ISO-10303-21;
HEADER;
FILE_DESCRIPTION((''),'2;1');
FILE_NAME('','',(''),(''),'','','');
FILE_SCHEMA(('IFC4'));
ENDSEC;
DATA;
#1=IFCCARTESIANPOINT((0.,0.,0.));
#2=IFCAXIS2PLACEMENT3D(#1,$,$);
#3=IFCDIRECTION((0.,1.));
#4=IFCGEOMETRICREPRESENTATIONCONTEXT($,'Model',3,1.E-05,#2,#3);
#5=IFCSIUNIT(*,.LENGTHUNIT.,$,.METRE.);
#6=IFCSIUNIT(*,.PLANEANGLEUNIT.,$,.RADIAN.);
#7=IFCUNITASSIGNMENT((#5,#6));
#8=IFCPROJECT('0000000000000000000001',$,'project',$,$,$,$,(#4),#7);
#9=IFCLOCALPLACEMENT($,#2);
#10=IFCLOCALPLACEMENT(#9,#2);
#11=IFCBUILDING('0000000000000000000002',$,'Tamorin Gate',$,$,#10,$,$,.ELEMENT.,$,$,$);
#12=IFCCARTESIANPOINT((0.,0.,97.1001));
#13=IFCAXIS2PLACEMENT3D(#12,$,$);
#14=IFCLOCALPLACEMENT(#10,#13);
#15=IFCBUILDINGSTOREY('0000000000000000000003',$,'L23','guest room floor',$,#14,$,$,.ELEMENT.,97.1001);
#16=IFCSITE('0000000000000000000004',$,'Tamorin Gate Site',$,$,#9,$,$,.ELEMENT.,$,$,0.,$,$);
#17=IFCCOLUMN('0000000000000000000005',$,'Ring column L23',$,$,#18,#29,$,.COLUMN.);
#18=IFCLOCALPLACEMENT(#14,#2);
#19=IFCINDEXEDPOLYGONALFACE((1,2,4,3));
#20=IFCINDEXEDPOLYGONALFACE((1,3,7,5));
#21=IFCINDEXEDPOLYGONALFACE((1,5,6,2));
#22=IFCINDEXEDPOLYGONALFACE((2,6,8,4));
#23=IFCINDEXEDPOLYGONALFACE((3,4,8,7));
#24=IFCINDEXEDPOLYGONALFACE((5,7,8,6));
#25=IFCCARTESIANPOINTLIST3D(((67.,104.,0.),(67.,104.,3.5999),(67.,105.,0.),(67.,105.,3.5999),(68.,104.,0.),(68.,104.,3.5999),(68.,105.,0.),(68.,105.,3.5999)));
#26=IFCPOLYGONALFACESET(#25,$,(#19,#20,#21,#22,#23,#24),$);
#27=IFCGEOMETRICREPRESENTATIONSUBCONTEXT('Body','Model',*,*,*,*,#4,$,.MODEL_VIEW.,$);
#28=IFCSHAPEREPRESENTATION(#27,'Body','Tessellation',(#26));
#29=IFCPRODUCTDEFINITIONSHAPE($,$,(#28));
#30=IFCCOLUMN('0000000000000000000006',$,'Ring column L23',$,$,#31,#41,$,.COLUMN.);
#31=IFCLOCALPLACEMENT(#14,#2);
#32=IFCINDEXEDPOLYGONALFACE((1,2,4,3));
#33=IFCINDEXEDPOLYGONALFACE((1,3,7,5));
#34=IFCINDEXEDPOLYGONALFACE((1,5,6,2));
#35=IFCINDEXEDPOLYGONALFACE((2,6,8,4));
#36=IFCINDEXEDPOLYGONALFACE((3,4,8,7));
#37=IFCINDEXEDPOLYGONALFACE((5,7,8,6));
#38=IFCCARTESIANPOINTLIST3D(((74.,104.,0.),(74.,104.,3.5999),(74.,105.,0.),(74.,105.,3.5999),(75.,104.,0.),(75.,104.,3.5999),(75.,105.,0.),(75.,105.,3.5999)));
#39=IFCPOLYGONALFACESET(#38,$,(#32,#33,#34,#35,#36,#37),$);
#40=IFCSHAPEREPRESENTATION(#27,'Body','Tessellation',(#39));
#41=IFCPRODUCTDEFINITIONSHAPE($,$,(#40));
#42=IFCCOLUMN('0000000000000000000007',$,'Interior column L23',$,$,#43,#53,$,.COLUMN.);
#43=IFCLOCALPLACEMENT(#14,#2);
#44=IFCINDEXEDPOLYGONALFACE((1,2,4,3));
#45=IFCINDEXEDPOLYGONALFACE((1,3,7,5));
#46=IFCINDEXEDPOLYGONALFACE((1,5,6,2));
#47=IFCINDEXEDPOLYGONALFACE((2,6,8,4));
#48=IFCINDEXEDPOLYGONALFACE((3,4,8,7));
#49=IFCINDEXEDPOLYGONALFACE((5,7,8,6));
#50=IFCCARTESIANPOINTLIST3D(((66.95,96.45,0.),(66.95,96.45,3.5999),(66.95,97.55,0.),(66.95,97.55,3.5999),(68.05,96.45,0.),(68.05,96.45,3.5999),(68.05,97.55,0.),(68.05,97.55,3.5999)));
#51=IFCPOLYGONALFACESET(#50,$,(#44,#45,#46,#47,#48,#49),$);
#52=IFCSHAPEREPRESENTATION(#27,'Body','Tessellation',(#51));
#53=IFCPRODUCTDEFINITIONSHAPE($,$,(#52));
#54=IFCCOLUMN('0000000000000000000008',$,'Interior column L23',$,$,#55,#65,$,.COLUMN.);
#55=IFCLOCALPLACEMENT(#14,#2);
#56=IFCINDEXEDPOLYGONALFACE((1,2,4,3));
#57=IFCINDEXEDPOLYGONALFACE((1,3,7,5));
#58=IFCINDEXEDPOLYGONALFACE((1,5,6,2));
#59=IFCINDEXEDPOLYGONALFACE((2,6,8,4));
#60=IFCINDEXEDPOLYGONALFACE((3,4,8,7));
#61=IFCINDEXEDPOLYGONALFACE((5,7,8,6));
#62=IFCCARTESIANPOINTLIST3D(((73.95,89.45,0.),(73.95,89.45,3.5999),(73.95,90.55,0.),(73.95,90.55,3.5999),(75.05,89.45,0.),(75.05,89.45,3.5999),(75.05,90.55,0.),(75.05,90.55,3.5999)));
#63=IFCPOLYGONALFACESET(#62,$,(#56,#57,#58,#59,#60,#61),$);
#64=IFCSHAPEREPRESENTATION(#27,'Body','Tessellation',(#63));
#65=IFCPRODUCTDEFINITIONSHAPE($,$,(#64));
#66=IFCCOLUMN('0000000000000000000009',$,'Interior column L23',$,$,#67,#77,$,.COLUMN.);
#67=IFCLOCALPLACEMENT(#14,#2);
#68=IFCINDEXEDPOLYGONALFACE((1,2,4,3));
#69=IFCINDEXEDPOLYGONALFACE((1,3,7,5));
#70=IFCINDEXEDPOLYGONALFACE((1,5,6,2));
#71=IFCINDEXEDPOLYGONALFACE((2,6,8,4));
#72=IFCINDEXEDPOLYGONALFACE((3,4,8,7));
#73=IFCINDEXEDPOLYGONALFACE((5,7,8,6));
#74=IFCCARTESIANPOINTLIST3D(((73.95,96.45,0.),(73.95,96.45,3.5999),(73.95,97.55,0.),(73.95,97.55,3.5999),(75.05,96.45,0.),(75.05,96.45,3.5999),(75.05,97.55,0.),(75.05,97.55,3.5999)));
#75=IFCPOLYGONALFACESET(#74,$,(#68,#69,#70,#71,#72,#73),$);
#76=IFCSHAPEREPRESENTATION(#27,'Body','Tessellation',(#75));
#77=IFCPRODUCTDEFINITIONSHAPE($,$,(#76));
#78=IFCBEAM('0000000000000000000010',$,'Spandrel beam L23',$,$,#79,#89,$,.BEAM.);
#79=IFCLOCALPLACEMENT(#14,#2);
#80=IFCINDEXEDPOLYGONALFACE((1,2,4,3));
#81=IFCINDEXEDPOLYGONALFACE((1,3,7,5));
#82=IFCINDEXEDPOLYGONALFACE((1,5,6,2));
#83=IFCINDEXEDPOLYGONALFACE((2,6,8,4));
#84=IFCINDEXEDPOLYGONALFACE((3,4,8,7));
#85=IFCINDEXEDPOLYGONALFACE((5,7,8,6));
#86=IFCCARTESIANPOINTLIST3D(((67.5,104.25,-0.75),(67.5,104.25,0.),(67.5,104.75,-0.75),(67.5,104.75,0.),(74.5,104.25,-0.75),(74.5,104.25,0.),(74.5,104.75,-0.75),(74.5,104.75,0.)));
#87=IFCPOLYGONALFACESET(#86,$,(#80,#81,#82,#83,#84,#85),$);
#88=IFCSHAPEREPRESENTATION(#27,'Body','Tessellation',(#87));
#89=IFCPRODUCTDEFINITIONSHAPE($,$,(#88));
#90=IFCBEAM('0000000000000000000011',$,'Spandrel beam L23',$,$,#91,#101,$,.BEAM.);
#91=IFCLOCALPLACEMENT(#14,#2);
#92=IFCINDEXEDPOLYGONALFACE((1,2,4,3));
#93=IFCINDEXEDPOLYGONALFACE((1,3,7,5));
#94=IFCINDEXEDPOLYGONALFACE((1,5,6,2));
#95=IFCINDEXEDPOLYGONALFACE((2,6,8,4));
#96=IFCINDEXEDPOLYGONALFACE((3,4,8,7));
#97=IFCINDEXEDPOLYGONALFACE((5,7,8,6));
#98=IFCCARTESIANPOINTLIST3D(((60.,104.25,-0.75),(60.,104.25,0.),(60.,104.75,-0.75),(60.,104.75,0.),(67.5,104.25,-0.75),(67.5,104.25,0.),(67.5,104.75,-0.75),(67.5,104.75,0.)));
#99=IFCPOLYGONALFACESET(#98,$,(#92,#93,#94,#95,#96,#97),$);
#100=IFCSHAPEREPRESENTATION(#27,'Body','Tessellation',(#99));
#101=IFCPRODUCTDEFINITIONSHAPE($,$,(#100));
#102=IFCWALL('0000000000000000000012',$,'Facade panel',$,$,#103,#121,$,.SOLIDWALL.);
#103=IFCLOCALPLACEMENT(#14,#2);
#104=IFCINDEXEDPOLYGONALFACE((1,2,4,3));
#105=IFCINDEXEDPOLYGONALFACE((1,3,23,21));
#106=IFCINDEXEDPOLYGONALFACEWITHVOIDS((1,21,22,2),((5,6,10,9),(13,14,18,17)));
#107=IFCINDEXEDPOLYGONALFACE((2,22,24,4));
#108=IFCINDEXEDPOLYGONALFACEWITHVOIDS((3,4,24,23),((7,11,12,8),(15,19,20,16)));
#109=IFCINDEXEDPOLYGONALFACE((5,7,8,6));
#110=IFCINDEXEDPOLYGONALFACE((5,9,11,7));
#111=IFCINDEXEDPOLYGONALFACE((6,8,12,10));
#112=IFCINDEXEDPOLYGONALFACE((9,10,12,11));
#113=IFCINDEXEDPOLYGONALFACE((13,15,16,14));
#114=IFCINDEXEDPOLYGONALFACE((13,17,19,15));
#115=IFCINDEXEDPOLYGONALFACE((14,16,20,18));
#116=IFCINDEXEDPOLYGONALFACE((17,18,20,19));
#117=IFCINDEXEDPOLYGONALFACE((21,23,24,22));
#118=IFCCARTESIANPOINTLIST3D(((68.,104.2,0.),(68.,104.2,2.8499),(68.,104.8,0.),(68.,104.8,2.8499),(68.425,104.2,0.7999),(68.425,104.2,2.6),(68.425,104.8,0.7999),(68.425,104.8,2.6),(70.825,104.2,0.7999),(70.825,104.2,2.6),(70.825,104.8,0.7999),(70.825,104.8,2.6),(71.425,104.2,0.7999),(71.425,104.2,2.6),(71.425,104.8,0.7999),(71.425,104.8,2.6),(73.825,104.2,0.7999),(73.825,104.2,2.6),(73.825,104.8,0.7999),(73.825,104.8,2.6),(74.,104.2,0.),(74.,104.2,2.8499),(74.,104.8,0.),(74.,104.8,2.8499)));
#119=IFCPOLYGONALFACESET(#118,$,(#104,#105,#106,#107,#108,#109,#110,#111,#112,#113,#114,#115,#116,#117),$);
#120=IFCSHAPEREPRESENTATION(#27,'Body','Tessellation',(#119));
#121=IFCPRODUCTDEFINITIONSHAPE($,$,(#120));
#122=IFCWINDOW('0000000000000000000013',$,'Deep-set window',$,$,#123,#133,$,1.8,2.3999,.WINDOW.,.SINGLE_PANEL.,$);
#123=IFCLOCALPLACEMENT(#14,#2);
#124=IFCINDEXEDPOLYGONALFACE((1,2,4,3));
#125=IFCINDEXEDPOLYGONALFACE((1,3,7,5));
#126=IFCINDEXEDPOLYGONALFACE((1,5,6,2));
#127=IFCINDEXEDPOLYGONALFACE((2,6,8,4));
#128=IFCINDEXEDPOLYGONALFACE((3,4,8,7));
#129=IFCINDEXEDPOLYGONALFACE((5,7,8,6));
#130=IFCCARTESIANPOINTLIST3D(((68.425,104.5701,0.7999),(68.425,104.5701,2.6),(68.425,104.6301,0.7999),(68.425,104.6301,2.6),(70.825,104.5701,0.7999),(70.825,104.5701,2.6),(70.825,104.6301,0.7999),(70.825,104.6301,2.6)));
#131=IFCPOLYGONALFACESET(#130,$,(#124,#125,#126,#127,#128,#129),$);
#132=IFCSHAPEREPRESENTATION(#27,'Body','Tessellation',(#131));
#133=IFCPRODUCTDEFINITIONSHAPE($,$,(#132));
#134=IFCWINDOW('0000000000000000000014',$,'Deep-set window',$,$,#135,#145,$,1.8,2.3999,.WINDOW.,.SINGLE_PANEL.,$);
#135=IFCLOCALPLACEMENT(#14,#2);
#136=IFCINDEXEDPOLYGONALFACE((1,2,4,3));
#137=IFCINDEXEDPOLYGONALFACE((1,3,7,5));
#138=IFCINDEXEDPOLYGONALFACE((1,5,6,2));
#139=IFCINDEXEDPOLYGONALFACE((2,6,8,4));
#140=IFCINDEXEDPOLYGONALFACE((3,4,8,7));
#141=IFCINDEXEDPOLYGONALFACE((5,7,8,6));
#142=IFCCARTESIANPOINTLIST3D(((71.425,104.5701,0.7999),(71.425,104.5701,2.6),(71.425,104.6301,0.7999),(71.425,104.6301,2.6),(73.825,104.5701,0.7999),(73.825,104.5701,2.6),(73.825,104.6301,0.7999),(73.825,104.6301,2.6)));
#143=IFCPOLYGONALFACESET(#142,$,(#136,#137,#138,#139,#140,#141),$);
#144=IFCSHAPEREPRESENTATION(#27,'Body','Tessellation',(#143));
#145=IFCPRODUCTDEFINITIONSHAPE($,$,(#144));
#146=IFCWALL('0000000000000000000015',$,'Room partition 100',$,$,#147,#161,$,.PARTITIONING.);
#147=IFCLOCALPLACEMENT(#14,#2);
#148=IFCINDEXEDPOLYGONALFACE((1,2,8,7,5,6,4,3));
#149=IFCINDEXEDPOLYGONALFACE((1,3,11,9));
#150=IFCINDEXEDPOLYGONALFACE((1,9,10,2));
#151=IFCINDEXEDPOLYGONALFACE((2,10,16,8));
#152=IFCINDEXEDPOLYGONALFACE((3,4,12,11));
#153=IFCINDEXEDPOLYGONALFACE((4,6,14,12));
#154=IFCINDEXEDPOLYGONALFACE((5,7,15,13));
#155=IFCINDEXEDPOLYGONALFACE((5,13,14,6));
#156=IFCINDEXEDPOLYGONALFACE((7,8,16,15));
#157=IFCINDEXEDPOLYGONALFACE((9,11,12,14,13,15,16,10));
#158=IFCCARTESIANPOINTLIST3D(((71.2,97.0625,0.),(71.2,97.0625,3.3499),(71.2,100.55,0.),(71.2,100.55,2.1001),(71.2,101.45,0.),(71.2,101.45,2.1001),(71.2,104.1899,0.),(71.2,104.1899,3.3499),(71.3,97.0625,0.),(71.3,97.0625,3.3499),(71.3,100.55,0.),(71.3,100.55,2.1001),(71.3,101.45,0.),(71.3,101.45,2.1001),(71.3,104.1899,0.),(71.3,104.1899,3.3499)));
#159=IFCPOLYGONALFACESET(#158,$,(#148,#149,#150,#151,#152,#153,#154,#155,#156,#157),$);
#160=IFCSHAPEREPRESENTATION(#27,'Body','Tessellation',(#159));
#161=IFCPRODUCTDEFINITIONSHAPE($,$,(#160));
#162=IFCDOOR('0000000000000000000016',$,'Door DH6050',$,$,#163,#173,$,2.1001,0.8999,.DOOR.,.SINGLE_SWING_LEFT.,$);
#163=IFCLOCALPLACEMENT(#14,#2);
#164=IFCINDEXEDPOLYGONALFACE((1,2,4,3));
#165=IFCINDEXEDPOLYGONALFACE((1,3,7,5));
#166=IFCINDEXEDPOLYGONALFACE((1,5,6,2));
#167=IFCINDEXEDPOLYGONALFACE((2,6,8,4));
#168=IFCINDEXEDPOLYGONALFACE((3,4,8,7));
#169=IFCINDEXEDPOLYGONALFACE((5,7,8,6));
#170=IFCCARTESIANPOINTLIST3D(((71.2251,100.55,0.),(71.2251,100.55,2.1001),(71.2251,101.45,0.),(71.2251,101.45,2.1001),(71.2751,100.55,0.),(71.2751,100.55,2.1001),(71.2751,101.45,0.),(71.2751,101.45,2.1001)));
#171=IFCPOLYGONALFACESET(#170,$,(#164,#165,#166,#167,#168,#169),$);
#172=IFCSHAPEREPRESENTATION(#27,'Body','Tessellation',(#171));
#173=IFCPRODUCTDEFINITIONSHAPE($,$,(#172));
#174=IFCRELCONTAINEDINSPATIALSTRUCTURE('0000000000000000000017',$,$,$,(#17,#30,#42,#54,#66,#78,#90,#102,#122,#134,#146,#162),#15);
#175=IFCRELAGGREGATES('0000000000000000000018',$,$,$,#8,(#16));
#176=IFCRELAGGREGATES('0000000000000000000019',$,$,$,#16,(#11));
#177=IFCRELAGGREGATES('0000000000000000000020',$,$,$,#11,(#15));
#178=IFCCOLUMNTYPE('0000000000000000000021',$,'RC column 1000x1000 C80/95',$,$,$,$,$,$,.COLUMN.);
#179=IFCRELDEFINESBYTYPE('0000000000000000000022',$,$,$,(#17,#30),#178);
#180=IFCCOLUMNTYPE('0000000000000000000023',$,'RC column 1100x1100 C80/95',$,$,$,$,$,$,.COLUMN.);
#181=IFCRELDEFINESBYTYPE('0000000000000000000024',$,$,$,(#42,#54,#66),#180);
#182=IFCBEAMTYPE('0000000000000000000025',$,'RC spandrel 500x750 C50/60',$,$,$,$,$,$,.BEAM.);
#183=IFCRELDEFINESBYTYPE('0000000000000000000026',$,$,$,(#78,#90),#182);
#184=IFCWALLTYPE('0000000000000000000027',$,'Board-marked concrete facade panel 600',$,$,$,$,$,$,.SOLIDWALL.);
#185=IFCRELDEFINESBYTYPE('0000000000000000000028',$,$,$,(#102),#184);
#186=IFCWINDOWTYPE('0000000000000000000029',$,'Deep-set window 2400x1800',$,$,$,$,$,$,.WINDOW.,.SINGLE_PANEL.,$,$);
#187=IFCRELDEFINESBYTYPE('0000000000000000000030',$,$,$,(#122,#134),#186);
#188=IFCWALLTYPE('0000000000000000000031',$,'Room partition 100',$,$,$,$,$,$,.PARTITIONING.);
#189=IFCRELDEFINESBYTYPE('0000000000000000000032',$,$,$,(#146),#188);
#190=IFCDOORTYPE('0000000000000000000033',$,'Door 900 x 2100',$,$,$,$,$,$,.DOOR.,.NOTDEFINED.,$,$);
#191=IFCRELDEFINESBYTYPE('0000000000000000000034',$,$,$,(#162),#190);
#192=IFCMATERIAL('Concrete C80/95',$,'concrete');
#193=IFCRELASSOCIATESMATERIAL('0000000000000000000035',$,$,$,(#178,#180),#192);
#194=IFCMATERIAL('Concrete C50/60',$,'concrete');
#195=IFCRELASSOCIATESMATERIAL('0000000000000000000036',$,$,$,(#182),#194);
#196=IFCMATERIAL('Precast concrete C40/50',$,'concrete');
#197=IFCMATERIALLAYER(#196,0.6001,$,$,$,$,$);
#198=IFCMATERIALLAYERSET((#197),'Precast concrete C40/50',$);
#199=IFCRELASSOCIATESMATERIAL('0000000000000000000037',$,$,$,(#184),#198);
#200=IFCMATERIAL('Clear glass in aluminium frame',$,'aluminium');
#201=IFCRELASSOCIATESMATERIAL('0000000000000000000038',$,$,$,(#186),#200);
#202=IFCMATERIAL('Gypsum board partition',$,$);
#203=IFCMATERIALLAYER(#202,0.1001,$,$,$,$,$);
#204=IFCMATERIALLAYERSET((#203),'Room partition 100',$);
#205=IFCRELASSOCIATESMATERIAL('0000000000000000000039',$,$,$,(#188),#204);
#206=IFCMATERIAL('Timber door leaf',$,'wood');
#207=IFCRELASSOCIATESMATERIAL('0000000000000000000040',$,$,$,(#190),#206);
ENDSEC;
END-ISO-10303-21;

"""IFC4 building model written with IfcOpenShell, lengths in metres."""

from ifc_helpers import new_model, si_unit, direction, frame, frame_2d, origin, origin_2d, place, context, subcontext, project, spatial, rectangle, extrude, material, layer, layer_set, material_profile, profile_set, type_object, element, fill, save


model = new_model("IFC4")

# Units and contexts
model_context = context("Model", 3, precision=1e-05, world=origin(), true_north=direction((0.0, 1.0)))
body_context = subcontext(model_context, "Body", "Model", "MODEL_VIEW")
ifc_project = project(units=[si_unit("LENGTHUNIT", "METRE"), si_unit("PLANEANGLEUNIT", "RADIAN")], contexts=[model_context])

# Site, building, storey
site_placement = place(None, origin())
site = spatial("IfcSite", under=ifc_project, at=site_placement, Name="Tamorin Gate Site", CompositionType="ELEMENT", RefElevation=0.0)
building_placement = place(site_placement, origin())
building = spatial("IfcBuilding", under=site, at=building_placement, Name="Tamorin Gate", CompositionType="ELEMENT")
storey_placement = place(building_placement, frame((0.0, 0.0, 97.1001)))
storey = spatial("IfcBuildingStorey", under=building, at=storey_placement, Name="L23", Description="guest room floor", CompositionType="ELEMENT", Elevation=97.1001)

# Columns
ifc_material_1 = material(Name="Concrete C80/95", Category="concrete")
ifc_material_profile_1 = material_profile(ifc_material_1, rectangle(XDim=1.0, YDim=1.0, at=origin_2d()), Name="RC 1000x1000")
ifc_profile_set_1 = profile_set([ifc_material_profile_1], Name="Concrete C80/95")
column_type_1 = type_object("IfcColumnType", Name="RC column 1000x1000 C80/95", PredefinedType="COLUMN", material=ifc_profile_set_1)
for number, where, z_axis, x_axis, name in (
    (1, (67.5, 104.5, 0.0), (0.0, 0.0, 1.0), (1.0, 0.0, 0.0), "Ring column L23"),
    (2, (74.5, 104.5, 0.0), (0.0, 0.0, 1.0), (1.0, 0.0, 0.0), "Ring column L23"),
):
    element("IfcColumn", number, at=place(storey_placement, frame(where, z_axis=z_axis, x_axis=x_axis)), inside=storey, type_object=column_type_1, Name=name, PredefinedType="COLUMN", context=body_context, shape_type="SweptSolid", body=[
        extrude(rectangle(XDim=1.0, YDim=1.0, at=origin_2d()), origin(), (0.0, 0.0, 1.0), 3.5999),
    ])
ifc_material_profile_2 = material_profile(ifc_material_1, rectangle(XDim=1.1001, YDim=1.1001, at=origin_2d()), Name="RC 1100x1100")
ifc_profile_set_2 = profile_set([ifc_material_profile_2], Name="Concrete C80/95")
column_type_2 = type_object("IfcColumnType", Name="RC column 1100x1100 C80/95", PredefinedType="COLUMN", material=ifc_profile_set_2)
for number, where, z_axis, x_axis, name in (
    (3, (67.5, 97.0, 0.0), (0.0, 0.0, 1.0), (1.0, 0.0, 0.0), "Interior column L23"),
    (4, (74.5, 90.0, 0.0), (0.0, 0.0, 1.0), (1.0, 0.0, 0.0), "Interior column L23"),
    (5, (74.5, 97.0, 0.0), (0.0, 0.0, 1.0), (1.0, 0.0, 0.0), "Interior column L23"),
):
    element("IfcColumn", number, at=place(storey_placement, frame(where, z_axis=z_axis, x_axis=x_axis)), inside=storey, type_object=column_type_2, Name=name, PredefinedType="COLUMN", context=body_context, shape_type="SweptSolid", body=[
        extrude(rectangle(XDim=1.1001, YDim=1.1001, at=origin_2d()), origin(), (0.0, 0.0, 1.0), 3.5999),
    ])

# Beams
ifc_material_2 = material(Name="Concrete C50/60", Category="concrete")
ifc_material_profile_3 = material_profile(ifc_material_2, rectangle(XDim=0.5, YDim=0.75, at=origin_2d()), Name="RC 500x750")
ifc_profile_set_3 = profile_set([ifc_material_profile_3], Name="Concrete C50/60")
beam_type = type_object("IfcBeamType", Name="RC spandrel 500x750 C50/60", PredefinedType="BEAM", material=ifc_profile_set_3)
beam_1_placement = place(storey_placement, frame((74.5, 104.5, -0.375), z_axis=(-1.0, 0.0, 0.0), x_axis=(0.0, -1.0, 0.0)))
element("IfcBeam", 6, at=beam_1_placement, inside=storey, type_object=beam_type, Name="Spandrel beam L23", PredefinedType="BEAM", context=body_context, shape_type="SweptSolid", body=[
    extrude(rectangle(XDim=0.5, YDim=0.75, at=origin_2d()), origin(), (0.0, 0.0, 1.0), 7.0),
])
beam_2_placement = place(storey_placement, frame((67.5, 104.5, -0.375), z_axis=(-1.0, 0.0, 0.0), x_axis=(0.0, -1.0, 0.0)))
element("IfcBeam", 7, at=beam_2_placement, inside=storey, type_object=beam_type, Name="Spandrel beam L23", PredefinedType="BEAM", context=body_context, shape_type="SweptSolid", body=[
    extrude(rectangle(XDim=0.5, YDim=0.75, at=origin_2d()), origin(), (0.0, 0.0, 1.0), 7.5),
])

# Wall, openings, windows
ifc_material_3 = material(Name="Precast concrete C40/50", Category="concrete")
ifc_layer_1 = layer(ifc_material_3, 0.6001)
ifc_layer_set_1 = layer_set([ifc_layer_1], Name="Precast concrete C40/50")
wall_type_1 = type_object("IfcWallType", Name="Board-marked concrete facade panel 600", PredefinedType="SOLIDWALL", material=ifc_layer_set_1)
wall_1_placement = place(storey_placement, frame((74.0, 104.5, 0.0), z_axis=(0.0, 0.0, 1.0), x_axis=(-1.0, 0.0, 0.0)))
wall_1 = element("IfcWall", 8, at=wall_1_placement, inside=storey, type_object=wall_type_1, Name="Facade panel", PredefinedType="SOLIDWALL", context=body_context, shape_type="SweptSolid", body=[
    extrude(rectangle(XDim=6.0, YDim=0.6001, at=frame_2d((3.0, 0.0))), origin(), (0.0, 0.0, 1.0), 2.8499),
])
opening_1_placement = place(wall_1_placement, frame((3.175, 0.0, 0.8)))
opening_1 = element("IfcOpeningElement", 9, at=opening_1_placement, cuts=wall_1, PredefinedType="OPENING", context=body_context, shape_type="SweptSolid", body=[
    extrude(rectangle(XDim=2.3999, YDim=1.8, at=frame_2d((1.2, 0.8999))), frame((0.0, 0.3101, 0.0), z_axis=(0.0, -1.0, 0.0), x_axis=(1.0, 0.0, 0.0)), (0.0, 0.0, 1.0), 0.6201),
])
opening_2_placement = place(wall_1_placement, frame((0.175, 0.0, 0.8)))
opening_2 = element("IfcOpeningElement", 10, at=opening_2_placement, cuts=wall_1, PredefinedType="OPENING", context=body_context, shape_type="SweptSolid", body=[
    extrude(rectangle(XDim=2.3999, YDim=1.8, at=frame_2d((1.2, 0.8999))), frame((0.0, 0.3101, 0.0), z_axis=(0.0, -1.0, 0.0), x_axis=(1.0, 0.0, 0.0)), (0.0, 0.0, 1.0), 0.6201),
])
ifc_material_4 = material(Name="Clear glass in aluminium frame", Category="aluminium")
window_type = type_object("IfcWindowType", Name="Deep-set window 2400x1800", PartitioningType="SINGLE_PANEL", PredefinedType="WINDOW", material=ifc_material_4)
window_1_placement = place(opening_1_placement, origin())
window_1 = element("IfcWindow", 11, at=window_1_placement, inside=storey, type_object=window_type, Name="Deep-set window", OverallHeight=1.8, OverallWidth=2.3999, PartitioningType="SINGLE_PANEL", PredefinedType="WINDOW", context=body_context, shape_type="SweptSolid", body=[
    extrude(rectangle(XDim=2.3999, YDim=1.8, at=frame_2d((1.2, 0.8999))), frame((0.0, -0.0701, 0.0), z_axis=(0.0, -1.0, 0.0), x_axis=(1.0, 0.0, 0.0)), (0.0, 0.0, 1.0), 0.0601),
])
fill(opening_1, window_1)
window_2_placement = place(opening_2_placement, origin())
window_2 = element("IfcWindow", 12, at=window_2_placement, inside=storey, type_object=window_type, Name="Deep-set window", OverallHeight=1.8, OverallWidth=2.3999, PartitioningType="SINGLE_PANEL", PredefinedType="WINDOW", context=body_context, shape_type="SweptSolid", body=[
    extrude(rectangle(XDim=2.3999, YDim=1.8, at=frame_2d((1.2, 0.8999))), frame((0.0, -0.0701, 0.0), z_axis=(0.0, -1.0, 0.0), x_axis=(1.0, 0.0, 0.0)), (0.0, 0.0, 1.0), 0.0601),
])
fill(opening_2, window_2)

# Wall, opening, door
ifc_material_5 = material(Name="Gypsum board partition")
ifc_layer_2 = layer(ifc_material_5, 0.1001)
ifc_layer_set_2 = layer_set([ifc_layer_2], Name="Room partition 100")
wall_type_2 = type_object("IfcWallType", Name="Room partition 100", PredefinedType="PARTITIONING", material=ifc_layer_set_2)
wall_2_placement = place(storey_placement, frame((71.25, 97.0625, 0.0), z_axis=(0.0, 0.0, 1.0), x_axis=(0.0, 1.0, 0.0)))
wall_2 = element("IfcWall", 13, at=wall_2_placement, inside=storey, type_object=wall_type_2, Name="Room partition 100", PredefinedType="PARTITIONING", context=body_context, shape_type="SweptSolid", body=[
    extrude(rectangle(XDim=7.1274, YDim=0.1001, at=frame_2d((3.5637, 0.0))), origin(), (0.0, 0.0, 1.0), 3.3499),
])
opening_3_placement = place(wall_2_placement, frame((3.4875, 0.0, 0.0)))
opening_3 = element("IfcOpeningElement", 14, at=opening_3_placement, cuts=wall_2, PredefinedType="OPENING", context=body_context, shape_type="SweptSolid", body=[
    extrude(rectangle(XDim=0.8999, YDim=2.1001, at=frame_2d((0.45, 1.05))), frame((0.0, 0.0601, 0.0), z_axis=(0.0, -1.0, 0.0), x_axis=(1.0, 0.0, 0.0)), (0.0, 0.0, 1.0), 0.1201),
])
ifc_material_6 = material(Name="Timber door leaf", Category="wood")
door_type = type_object("IfcDoorType", Name="Door 900 x 2100", OperationType="NOTDEFINED", PredefinedType="DOOR", material=ifc_material_6)
door_1_placement = place(opening_3_placement, origin())
door_1 = element("IfcDoor", 15, at=door_1_placement, inside=storey, type_object=door_type, Name="Door DH6050", OperationType="SINGLE_SWING_LEFT", OverallHeight=2.1001, OverallWidth=0.8999, PredefinedType="DOOR", context=body_context, shape_type="SweptSolid", body=[
    extrude(rectangle(XDim=0.8999, YDim=2.1001, at=frame_2d((0.45, 1.05))), frame((0.0, 0.0249, 0.0), z_axis=(0.0, -1.0, 0.0), x_axis=(1.0, 0.0, 0.0)), (0.0, 0.0, 1.0), 0.05),
])
fill(opening_3, door_1)

save(model, "model.ifc")
